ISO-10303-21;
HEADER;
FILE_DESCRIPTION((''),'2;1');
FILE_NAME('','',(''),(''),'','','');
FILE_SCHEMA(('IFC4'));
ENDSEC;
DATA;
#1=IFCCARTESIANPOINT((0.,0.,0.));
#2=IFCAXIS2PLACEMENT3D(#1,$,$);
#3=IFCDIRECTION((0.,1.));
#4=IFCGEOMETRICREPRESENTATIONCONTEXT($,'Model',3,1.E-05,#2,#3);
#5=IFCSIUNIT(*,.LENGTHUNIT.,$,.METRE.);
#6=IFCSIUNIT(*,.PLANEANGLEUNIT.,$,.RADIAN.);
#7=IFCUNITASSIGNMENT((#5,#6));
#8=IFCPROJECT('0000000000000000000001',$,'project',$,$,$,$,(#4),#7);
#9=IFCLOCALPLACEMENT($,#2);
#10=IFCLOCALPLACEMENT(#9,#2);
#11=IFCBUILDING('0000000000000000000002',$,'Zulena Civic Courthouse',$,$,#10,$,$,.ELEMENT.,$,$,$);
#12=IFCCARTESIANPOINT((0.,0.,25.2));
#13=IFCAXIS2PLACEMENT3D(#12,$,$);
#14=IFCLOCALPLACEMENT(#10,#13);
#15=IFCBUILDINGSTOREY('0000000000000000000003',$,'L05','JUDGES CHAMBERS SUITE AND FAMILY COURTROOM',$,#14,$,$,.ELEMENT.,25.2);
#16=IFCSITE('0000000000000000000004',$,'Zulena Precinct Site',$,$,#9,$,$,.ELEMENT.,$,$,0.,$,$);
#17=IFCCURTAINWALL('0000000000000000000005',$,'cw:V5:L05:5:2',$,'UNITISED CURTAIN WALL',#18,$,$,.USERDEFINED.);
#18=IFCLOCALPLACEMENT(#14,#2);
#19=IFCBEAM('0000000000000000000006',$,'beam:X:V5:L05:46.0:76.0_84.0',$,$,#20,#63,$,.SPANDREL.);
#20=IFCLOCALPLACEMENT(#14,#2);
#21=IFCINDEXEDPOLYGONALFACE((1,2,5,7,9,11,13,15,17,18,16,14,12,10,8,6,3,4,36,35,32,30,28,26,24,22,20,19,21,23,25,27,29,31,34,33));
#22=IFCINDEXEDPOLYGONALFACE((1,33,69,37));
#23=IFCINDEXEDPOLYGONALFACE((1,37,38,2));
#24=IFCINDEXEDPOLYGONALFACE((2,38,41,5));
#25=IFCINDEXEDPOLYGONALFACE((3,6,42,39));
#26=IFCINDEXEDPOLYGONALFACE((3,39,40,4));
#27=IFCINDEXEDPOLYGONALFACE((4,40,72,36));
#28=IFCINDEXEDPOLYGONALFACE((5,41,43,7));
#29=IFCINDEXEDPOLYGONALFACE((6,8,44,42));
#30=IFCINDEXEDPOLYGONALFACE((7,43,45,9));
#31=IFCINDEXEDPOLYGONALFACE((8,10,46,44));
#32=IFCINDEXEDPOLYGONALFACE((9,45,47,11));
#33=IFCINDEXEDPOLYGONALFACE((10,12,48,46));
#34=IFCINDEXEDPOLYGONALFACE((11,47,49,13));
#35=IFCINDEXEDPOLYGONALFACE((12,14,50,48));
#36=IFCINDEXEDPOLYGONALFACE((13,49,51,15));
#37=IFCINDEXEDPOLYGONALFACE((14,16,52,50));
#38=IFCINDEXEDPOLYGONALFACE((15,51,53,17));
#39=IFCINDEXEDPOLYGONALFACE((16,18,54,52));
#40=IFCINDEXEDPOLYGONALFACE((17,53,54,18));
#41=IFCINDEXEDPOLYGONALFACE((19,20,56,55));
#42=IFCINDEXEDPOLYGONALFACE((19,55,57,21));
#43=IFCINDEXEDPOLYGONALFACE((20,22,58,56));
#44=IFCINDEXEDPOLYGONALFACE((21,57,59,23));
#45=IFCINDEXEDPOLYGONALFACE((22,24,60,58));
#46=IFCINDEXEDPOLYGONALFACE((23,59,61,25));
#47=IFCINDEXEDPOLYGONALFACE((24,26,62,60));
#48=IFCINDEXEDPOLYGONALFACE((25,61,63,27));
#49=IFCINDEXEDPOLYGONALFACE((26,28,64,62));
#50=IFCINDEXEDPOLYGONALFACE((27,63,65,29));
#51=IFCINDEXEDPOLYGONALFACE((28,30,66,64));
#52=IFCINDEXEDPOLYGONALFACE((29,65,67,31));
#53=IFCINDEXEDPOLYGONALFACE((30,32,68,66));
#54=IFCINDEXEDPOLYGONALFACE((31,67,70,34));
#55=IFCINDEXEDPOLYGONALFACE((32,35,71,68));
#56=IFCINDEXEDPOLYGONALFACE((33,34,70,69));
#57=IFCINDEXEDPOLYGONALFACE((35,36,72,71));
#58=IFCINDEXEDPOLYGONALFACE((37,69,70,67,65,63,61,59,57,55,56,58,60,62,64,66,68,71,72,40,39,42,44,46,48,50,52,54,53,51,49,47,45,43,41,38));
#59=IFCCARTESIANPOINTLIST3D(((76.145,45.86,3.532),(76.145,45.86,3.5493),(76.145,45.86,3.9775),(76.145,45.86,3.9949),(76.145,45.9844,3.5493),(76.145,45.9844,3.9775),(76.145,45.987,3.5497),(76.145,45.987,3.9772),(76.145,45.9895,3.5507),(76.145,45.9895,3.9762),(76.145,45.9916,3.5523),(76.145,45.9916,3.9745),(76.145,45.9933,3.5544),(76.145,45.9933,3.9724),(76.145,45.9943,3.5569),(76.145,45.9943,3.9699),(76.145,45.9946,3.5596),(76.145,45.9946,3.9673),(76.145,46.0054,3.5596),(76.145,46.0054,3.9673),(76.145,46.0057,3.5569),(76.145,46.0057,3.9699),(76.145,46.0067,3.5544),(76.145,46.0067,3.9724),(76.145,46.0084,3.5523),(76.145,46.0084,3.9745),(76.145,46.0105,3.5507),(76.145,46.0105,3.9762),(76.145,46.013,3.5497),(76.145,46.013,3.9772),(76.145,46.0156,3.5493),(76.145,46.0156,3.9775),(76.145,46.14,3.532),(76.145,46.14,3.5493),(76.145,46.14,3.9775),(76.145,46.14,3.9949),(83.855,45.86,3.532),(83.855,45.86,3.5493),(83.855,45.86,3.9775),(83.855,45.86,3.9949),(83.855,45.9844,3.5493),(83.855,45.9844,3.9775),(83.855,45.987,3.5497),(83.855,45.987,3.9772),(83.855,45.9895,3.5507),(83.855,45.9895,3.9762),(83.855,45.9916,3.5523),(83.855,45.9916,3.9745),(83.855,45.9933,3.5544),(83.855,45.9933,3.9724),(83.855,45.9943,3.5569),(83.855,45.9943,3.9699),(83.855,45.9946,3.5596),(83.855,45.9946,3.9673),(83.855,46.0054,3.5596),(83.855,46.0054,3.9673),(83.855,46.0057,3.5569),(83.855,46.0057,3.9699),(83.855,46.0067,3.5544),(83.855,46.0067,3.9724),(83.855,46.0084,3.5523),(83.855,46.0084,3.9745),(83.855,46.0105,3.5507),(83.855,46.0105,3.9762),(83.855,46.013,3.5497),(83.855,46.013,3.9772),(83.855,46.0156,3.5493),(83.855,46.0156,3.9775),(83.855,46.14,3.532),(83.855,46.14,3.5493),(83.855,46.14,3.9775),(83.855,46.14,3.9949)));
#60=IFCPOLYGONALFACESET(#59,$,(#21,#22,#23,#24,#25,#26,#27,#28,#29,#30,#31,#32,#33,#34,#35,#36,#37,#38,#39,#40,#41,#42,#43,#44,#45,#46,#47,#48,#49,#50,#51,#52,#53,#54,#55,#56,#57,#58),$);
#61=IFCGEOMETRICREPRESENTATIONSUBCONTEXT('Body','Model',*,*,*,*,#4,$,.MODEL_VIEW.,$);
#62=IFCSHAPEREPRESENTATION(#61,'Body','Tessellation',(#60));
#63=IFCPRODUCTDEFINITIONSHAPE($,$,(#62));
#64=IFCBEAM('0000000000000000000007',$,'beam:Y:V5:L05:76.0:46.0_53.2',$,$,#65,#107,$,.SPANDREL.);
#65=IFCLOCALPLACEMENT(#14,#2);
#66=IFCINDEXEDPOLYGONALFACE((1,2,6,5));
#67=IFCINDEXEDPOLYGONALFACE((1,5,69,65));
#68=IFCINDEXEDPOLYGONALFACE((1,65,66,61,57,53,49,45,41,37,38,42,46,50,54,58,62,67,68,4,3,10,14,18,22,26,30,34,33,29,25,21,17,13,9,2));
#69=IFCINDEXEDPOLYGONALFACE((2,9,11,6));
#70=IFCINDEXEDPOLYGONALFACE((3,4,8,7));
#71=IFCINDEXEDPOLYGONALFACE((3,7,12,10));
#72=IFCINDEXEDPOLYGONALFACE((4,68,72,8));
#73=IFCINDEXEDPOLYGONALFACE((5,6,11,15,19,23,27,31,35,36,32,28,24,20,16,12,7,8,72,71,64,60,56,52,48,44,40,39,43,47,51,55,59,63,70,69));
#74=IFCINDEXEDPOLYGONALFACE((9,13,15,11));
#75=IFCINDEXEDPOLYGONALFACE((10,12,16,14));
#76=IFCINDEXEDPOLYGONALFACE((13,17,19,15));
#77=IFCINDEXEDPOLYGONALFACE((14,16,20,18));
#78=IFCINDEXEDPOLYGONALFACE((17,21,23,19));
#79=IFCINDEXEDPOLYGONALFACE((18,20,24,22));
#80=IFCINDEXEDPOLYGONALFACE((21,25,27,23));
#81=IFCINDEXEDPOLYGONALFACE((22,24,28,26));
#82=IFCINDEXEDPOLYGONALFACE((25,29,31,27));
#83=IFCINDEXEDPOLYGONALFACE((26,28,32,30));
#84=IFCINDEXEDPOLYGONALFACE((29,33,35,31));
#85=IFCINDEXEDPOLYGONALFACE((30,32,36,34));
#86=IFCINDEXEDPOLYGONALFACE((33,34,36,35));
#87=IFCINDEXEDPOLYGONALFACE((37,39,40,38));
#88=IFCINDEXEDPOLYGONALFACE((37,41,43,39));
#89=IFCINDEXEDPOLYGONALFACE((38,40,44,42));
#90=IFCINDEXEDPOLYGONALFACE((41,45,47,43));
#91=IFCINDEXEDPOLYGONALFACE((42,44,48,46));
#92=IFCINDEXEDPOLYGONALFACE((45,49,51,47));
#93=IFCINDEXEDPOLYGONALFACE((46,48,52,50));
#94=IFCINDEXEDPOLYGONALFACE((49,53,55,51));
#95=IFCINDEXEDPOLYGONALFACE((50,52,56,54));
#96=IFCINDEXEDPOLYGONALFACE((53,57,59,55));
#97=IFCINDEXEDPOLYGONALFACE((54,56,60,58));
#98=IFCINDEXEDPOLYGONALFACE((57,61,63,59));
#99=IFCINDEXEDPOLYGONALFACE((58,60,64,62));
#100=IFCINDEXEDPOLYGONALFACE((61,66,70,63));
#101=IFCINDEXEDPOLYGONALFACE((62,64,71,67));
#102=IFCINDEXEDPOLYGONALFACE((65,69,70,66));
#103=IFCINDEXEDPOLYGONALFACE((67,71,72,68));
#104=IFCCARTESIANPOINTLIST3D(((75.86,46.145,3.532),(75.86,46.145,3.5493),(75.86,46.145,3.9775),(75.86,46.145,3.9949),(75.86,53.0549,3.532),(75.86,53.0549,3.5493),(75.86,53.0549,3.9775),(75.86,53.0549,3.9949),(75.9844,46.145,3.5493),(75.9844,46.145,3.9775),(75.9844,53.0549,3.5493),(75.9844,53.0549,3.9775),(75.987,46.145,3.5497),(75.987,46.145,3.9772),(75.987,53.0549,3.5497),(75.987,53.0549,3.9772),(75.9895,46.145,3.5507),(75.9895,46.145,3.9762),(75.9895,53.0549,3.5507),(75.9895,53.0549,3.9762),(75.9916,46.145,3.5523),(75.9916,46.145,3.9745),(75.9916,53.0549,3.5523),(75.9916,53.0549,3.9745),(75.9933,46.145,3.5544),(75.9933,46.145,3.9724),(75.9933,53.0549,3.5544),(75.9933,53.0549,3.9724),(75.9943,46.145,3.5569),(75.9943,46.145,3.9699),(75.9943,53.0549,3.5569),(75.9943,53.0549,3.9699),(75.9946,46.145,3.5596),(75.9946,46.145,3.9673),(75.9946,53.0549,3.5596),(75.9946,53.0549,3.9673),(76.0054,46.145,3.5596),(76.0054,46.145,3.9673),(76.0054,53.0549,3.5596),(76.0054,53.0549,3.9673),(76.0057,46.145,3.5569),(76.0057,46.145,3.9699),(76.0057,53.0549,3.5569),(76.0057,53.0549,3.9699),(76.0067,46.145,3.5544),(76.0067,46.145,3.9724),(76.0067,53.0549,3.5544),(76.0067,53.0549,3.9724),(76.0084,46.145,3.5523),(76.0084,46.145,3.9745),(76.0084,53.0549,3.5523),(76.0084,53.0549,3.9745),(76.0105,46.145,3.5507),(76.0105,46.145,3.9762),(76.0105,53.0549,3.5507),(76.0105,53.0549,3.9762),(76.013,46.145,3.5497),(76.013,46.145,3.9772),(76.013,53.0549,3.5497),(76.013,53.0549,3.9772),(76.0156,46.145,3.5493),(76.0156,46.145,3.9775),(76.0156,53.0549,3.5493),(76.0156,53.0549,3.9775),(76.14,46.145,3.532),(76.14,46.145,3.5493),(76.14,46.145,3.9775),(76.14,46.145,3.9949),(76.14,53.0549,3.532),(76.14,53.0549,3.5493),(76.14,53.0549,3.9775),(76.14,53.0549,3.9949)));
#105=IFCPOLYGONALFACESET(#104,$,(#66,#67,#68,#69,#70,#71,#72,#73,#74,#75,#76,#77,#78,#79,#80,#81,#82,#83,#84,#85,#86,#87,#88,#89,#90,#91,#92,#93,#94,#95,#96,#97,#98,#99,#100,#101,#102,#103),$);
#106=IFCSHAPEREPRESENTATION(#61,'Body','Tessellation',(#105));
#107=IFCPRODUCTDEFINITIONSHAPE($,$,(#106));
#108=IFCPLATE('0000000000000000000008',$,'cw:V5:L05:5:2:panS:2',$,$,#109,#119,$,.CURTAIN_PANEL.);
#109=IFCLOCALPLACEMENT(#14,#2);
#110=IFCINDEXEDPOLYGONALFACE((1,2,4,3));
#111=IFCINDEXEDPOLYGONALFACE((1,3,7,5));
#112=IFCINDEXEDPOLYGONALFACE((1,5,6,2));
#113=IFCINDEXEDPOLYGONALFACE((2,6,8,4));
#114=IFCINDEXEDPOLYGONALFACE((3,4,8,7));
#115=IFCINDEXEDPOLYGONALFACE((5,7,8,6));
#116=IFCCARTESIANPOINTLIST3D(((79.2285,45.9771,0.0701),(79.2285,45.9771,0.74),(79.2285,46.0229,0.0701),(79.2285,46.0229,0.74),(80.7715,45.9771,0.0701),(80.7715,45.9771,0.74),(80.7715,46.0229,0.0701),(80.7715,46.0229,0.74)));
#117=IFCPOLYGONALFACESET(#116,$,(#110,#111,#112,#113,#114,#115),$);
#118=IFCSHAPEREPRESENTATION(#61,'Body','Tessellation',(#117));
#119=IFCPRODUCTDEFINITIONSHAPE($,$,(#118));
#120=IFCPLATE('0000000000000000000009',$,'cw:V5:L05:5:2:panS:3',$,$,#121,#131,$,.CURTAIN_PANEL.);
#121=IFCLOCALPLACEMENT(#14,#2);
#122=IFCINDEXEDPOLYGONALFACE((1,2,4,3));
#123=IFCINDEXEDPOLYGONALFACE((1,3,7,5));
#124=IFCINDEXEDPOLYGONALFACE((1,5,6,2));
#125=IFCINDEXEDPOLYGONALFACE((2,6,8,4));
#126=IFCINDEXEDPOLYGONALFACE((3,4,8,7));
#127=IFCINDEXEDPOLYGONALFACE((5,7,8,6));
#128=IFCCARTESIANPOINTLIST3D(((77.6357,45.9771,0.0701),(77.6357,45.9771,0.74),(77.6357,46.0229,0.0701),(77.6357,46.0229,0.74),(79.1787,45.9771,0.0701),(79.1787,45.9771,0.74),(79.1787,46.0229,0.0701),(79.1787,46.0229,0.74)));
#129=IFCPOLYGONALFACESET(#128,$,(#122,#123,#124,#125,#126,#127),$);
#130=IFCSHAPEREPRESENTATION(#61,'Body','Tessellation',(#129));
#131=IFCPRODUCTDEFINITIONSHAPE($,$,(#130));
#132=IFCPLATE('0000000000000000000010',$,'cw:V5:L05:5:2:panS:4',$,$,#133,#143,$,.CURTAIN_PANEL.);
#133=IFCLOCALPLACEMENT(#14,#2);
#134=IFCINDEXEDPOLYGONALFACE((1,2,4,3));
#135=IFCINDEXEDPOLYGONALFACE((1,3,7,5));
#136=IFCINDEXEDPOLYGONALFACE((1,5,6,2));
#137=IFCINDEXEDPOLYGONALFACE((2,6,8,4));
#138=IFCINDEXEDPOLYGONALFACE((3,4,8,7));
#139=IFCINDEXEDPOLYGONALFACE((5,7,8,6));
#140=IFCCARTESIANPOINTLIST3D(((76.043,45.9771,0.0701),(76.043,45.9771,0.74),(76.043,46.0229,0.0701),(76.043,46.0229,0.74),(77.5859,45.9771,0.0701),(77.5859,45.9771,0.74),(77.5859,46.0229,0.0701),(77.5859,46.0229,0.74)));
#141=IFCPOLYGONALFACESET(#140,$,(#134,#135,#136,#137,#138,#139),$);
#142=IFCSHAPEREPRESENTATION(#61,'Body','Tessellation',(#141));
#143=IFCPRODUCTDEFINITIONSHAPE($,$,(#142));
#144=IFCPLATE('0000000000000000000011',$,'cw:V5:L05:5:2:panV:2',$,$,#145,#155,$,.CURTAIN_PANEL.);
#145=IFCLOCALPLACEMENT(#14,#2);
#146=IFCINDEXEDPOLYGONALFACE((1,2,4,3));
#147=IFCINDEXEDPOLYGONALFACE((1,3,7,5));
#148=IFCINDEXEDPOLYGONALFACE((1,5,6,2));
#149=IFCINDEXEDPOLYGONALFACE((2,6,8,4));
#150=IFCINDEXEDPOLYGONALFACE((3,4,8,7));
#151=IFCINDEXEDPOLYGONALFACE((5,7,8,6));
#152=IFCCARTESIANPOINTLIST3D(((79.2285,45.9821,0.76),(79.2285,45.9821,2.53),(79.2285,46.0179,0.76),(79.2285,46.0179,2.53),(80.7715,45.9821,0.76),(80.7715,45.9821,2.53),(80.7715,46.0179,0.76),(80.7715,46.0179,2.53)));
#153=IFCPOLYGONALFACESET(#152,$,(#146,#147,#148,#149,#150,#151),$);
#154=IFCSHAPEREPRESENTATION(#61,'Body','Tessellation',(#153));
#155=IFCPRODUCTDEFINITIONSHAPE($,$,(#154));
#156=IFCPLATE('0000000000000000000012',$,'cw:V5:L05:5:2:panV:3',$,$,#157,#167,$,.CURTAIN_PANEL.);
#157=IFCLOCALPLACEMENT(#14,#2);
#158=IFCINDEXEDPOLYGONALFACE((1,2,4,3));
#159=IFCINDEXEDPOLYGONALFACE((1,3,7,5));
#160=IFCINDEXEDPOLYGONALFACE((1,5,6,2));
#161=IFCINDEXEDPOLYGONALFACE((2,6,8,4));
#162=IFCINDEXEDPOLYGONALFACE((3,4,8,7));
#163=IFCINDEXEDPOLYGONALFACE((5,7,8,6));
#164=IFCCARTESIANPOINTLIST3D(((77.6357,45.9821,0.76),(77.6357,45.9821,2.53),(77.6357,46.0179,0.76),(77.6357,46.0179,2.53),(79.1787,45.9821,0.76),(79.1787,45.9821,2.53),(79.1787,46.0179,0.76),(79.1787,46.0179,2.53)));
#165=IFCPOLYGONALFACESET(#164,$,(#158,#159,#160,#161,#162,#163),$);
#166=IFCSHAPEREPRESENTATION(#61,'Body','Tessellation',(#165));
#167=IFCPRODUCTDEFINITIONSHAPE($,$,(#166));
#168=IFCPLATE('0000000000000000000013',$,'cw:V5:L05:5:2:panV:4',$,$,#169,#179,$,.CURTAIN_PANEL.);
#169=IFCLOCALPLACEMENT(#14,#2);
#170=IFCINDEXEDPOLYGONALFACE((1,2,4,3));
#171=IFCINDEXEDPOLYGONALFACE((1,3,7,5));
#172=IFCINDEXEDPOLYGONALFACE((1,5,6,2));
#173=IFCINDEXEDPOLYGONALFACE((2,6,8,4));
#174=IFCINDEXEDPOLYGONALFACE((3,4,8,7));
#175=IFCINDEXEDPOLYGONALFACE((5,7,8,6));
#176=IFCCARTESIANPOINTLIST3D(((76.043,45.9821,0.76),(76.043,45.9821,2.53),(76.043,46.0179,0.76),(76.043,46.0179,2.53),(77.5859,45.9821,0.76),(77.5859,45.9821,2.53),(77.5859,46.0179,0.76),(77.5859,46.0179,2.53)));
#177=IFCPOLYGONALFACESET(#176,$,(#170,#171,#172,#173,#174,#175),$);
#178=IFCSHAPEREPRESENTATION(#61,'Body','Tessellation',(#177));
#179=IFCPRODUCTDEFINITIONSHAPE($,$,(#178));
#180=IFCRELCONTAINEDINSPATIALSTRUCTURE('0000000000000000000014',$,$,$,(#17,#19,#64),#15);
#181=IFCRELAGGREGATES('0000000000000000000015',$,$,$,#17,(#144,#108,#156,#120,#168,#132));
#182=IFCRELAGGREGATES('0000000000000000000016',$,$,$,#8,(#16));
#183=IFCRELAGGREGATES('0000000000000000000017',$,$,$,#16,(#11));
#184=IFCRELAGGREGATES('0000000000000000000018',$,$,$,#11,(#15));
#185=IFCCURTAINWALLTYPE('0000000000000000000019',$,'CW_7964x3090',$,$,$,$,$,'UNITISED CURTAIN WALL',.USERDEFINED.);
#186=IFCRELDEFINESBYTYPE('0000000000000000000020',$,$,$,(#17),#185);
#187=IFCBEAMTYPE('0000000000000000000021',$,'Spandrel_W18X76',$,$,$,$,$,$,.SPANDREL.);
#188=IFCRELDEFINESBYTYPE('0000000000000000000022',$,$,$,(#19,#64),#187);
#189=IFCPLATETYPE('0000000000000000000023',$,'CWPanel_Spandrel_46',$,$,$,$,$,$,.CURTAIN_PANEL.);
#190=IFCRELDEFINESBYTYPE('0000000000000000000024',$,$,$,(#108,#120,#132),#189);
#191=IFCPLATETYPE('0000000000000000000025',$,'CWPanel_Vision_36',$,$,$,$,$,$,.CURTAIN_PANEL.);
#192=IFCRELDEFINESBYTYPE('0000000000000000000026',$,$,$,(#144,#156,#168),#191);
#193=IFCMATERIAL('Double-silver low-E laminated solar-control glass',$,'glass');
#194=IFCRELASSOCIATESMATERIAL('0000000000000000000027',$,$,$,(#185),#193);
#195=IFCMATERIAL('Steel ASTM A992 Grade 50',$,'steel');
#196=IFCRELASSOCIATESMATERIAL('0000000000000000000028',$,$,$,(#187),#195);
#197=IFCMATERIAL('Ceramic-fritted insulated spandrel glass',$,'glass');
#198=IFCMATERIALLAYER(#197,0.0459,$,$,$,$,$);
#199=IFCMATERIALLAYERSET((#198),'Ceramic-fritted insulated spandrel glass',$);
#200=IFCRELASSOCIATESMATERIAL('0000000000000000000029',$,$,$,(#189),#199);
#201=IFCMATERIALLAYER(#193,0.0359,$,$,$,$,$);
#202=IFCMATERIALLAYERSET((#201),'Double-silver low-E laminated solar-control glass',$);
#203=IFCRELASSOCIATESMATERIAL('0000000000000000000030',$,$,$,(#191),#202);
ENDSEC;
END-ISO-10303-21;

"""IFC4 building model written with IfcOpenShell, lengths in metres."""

from ifc_helpers import new_model, si_unit, direction, frame, origin, origin_2d, place, context, subcontext, project, spatial, rectangle, i_section, extrude, material, layer, layer_set, material_profile, profile_set, type_object, element, aggregate, save


model = new_model("IFC4")

# Units and contexts
model_context = context("Model", 3, precision=1e-05, world=origin(), true_north=direction((0.0, 1.0)))
body_context = subcontext(model_context, "Body", "Model", "MODEL_VIEW")
ifc_project = project(units=[si_unit("LENGTHUNIT", "METRE"), si_unit("PLANEANGLEUNIT", "RADIAN")], contexts=[model_context])

# Site, building, storey
site_placement = place(None, origin())
site = spatial("IfcSite", under=ifc_project, at=site_placement, Name="Zulena Precinct Site", CompositionType="ELEMENT", RefElevation=0.0)
building_placement = place(site_placement, origin())
building = spatial("IfcBuilding", under=site, at=building_placement, Name="Zulena Civic Courthouse", CompositionType="ELEMENT")
storey_placement = place(building_placement, frame((0.0, 0.0, 25.2)))
storey = spatial("IfcBuildingStorey", under=building, at=storey_placement, Name="L05", Description="JUDGES CHAMBERS SUITE AND FAMILY COURTROOM", CompositionType="ELEMENT", Elevation=25.2)

# Shared definitions
ifc_material_1 = material(Name="Steel ASTM A992 Grade 50", Category="steel")

# Curtain wall
ifc_material_2 = material(Name="Double-silver low-E laminated solar-control glass", Category="glass")
curtain_wall_type = type_object("IfcCurtainWallType", Name="CW_7964x3090", ElementType="UNITISED CURTAIN WALL", PredefinedType="USERDEFINED", material=ifc_material_2)
curtain_wall_placement = place(storey_placement, origin())
curtain_wall = element("IfcCurtainWall", 1, at=curtain_wall_placement, inside=storey, type_object=curtain_wall_type, Name="cw:V5:L05:5:2", ObjectType="UNITISED CURTAIN WALL", PredefinedType="USERDEFINED")

# Beams
ifc_material_profile_1 = material_profile(ifc_material_1, i_section(OverallWidth=0.28, OverallDepth=0.4629, WebThickness=0.0107, FlangeThickness=0.0173, FilletRadius=0.0103, at=origin_2d()), Name="W18X76")
ifc_profile_set_1 = profile_set([ifc_material_profile_1], Name="Steel ASTM A992 Grade 50")
beam_type_1 = type_object("IfcBeamType", Name="Spandrel_W18X76", PredefinedType="SPANDREL", material=ifc_profile_set_1)
beam_1_placement = place(storey_placement, frame((76.145, 46.0, 3.7634), z_axis=(1.0, 0.0, 0.0), x_axis=(0.0, 1.0, 0.0)))
element("IfcBeam", 2, at=beam_1_placement, inside=storey, type_object=beam_type_1, Name="beam:X:V5:L05:46.0:76.0_84.0", PredefinedType="SPANDREL", context=body_context, shape_type="SweptSolid", body=[
    extrude(i_section(OverallWidth=0.28, OverallDepth=0.4629, WebThickness=0.0107, FlangeThickness=0.0173, FilletRadius=0.0103, at=origin_2d()), origin(), (0.0, 0.0, 1.0), 7.71),
])
beam_2_placement = place(storey_placement, frame((76.0, 46.145, 3.7634), z_axis=(0.0, 1.0, 0.0), x_axis=(-1.0, 0.0, 0.0)))
element("IfcBeam", 3, at=beam_2_placement, inside=storey, type_object=beam_type_1, Name="beam:Y:V5:L05:76.0:46.0_53.2", PredefinedType="SPANDREL", context=body_context, shape_type="SweptSolid", body=[
    extrude(i_section(OverallWidth=0.28, OverallDepth=0.4629, WebThickness=0.0107, FlangeThickness=0.0173, FilletRadius=0.0103, at=origin_2d()), origin(), (0.0, 0.0, 1.0), 6.9099),
])

# Plates
ifc_material_3 = material(Name="Ceramic-fritted insulated spandrel glass", Category="glass")
ifc_layer_1 = layer(ifc_material_3, 0.0459)
ifc_layer_set_1 = layer_set([ifc_layer_1], Name="Ceramic-fritted insulated spandrel glass")
plate_type_1 = type_object("IfcPlateType", Name="CWPanel_Spandrel_46", PredefinedType="CURTAIN_PANEL", material=ifc_layer_set_1)
plate_1_placement = place(storey_placement, frame((80.0, 46.0, 0.0701), z_axis=(0.0, 0.0, 1.0), x_axis=(-1.0, 0.0, 0.0)))
plate_1 = element("IfcPlate", 4, at=plate_1_placement, type_object=plate_type_1, Name="cw:V5:L05:5:2:panS:2", PredefinedType="CURTAIN_PANEL", context=body_context, shape_type="SweptSolid", body=[
    extrude(rectangle(XDim=1.543, YDim=0.0459, at=origin_2d()), origin(), (0.0, 0.0, 1.0), 0.6699),
])
plate_2_placement = place(storey_placement, frame((78.4072, 46.0, 0.0701), z_axis=(0.0, 0.0, 1.0), x_axis=(-1.0, 0.0, 0.0)))
plate_2 = element("IfcPlate", 5, at=plate_2_placement, type_object=plate_type_1, Name="cw:V5:L05:5:2:panS:3", PredefinedType="CURTAIN_PANEL", context=body_context, shape_type="SweptSolid", body=[
    extrude(rectangle(XDim=1.543, YDim=0.0459, at=origin_2d()), origin(), (0.0, 0.0, 1.0), 0.6699),
])
plate_3_placement = place(storey_placement, frame((76.8145, 46.0, 0.0701), z_axis=(0.0, 0.0, 1.0), x_axis=(-1.0, 0.0, 0.0)))
plate_3 = element("IfcPlate", 6, at=plate_3_placement, type_object=plate_type_1, Name="cw:V5:L05:5:2:panS:4", PredefinedType="CURTAIN_PANEL", context=body_context, shape_type="SweptSolid", body=[
    extrude(rectangle(XDim=1.543, YDim=0.0459, at=origin_2d()), origin(), (0.0, 0.0, 1.0), 0.6699),
])
ifc_layer_2 = layer(ifc_material_2, 0.0359)
ifc_layer_set_2 = layer_set([ifc_layer_2], Name="Double-silver low-E laminated solar-control glass")
plate_type_2 = type_object("IfcPlateType", Name="CWPanel_Vision_36", PredefinedType="CURTAIN_PANEL", material=ifc_layer_set_2)
plate_4_placement = place(storey_placement, frame((80.0, 46.0, 0.76), z_axis=(0.0, 0.0, 1.0), x_axis=(-1.0, 0.0, 0.0)))
plate_4 = element("IfcPlate", 7, at=plate_4_placement, type_object=plate_type_2, Name="cw:V5:L05:5:2:panV:2", PredefinedType="CURTAIN_PANEL", context=body_context, shape_type="SweptSolid", body=[
    extrude(rectangle(XDim=1.543, YDim=0.0359, at=origin_2d()), origin(), (0.0, 0.0, 1.0), 1.77),
])
plate_5_placement = place(storey_placement, frame((78.4072, 46.0, 0.76), z_axis=(0.0, 0.0, 1.0), x_axis=(-1.0, 0.0, 0.0)))
plate_5 = element("IfcPlate", 8, at=plate_5_placement, type_object=plate_type_2, Name="cw:V5:L05:5:2:panV:3", PredefinedType="CURTAIN_PANEL", context=body_context, shape_type="SweptSolid", body=[
    extrude(rectangle(XDim=1.543, YDim=0.0359, at=origin_2d()), origin(), (0.0, 0.0, 1.0), 1.77),
])
plate_6_placement = place(storey_placement, frame((76.8145, 46.0, 0.76), z_axis=(0.0, 0.0, 1.0), x_axis=(-1.0, 0.0, 0.0)))
plate_6 = element("IfcPlate", 9, at=plate_6_placement, type_object=plate_type_2, Name="cw:V5:L05:5:2:panV:4", PredefinedType="CURTAIN_PANEL", context=body_context, shape_type="SweptSolid", body=[
    extrude(rectangle(XDim=1.543, YDim=0.0359, at=origin_2d()), origin(), (0.0, 0.0, 1.0), 1.77),
])
aggregate(curtain_wall, [plate_4, plate_1, plate_5, plate_2, plate_6, plate_3])

save(model, "model.ifc")
